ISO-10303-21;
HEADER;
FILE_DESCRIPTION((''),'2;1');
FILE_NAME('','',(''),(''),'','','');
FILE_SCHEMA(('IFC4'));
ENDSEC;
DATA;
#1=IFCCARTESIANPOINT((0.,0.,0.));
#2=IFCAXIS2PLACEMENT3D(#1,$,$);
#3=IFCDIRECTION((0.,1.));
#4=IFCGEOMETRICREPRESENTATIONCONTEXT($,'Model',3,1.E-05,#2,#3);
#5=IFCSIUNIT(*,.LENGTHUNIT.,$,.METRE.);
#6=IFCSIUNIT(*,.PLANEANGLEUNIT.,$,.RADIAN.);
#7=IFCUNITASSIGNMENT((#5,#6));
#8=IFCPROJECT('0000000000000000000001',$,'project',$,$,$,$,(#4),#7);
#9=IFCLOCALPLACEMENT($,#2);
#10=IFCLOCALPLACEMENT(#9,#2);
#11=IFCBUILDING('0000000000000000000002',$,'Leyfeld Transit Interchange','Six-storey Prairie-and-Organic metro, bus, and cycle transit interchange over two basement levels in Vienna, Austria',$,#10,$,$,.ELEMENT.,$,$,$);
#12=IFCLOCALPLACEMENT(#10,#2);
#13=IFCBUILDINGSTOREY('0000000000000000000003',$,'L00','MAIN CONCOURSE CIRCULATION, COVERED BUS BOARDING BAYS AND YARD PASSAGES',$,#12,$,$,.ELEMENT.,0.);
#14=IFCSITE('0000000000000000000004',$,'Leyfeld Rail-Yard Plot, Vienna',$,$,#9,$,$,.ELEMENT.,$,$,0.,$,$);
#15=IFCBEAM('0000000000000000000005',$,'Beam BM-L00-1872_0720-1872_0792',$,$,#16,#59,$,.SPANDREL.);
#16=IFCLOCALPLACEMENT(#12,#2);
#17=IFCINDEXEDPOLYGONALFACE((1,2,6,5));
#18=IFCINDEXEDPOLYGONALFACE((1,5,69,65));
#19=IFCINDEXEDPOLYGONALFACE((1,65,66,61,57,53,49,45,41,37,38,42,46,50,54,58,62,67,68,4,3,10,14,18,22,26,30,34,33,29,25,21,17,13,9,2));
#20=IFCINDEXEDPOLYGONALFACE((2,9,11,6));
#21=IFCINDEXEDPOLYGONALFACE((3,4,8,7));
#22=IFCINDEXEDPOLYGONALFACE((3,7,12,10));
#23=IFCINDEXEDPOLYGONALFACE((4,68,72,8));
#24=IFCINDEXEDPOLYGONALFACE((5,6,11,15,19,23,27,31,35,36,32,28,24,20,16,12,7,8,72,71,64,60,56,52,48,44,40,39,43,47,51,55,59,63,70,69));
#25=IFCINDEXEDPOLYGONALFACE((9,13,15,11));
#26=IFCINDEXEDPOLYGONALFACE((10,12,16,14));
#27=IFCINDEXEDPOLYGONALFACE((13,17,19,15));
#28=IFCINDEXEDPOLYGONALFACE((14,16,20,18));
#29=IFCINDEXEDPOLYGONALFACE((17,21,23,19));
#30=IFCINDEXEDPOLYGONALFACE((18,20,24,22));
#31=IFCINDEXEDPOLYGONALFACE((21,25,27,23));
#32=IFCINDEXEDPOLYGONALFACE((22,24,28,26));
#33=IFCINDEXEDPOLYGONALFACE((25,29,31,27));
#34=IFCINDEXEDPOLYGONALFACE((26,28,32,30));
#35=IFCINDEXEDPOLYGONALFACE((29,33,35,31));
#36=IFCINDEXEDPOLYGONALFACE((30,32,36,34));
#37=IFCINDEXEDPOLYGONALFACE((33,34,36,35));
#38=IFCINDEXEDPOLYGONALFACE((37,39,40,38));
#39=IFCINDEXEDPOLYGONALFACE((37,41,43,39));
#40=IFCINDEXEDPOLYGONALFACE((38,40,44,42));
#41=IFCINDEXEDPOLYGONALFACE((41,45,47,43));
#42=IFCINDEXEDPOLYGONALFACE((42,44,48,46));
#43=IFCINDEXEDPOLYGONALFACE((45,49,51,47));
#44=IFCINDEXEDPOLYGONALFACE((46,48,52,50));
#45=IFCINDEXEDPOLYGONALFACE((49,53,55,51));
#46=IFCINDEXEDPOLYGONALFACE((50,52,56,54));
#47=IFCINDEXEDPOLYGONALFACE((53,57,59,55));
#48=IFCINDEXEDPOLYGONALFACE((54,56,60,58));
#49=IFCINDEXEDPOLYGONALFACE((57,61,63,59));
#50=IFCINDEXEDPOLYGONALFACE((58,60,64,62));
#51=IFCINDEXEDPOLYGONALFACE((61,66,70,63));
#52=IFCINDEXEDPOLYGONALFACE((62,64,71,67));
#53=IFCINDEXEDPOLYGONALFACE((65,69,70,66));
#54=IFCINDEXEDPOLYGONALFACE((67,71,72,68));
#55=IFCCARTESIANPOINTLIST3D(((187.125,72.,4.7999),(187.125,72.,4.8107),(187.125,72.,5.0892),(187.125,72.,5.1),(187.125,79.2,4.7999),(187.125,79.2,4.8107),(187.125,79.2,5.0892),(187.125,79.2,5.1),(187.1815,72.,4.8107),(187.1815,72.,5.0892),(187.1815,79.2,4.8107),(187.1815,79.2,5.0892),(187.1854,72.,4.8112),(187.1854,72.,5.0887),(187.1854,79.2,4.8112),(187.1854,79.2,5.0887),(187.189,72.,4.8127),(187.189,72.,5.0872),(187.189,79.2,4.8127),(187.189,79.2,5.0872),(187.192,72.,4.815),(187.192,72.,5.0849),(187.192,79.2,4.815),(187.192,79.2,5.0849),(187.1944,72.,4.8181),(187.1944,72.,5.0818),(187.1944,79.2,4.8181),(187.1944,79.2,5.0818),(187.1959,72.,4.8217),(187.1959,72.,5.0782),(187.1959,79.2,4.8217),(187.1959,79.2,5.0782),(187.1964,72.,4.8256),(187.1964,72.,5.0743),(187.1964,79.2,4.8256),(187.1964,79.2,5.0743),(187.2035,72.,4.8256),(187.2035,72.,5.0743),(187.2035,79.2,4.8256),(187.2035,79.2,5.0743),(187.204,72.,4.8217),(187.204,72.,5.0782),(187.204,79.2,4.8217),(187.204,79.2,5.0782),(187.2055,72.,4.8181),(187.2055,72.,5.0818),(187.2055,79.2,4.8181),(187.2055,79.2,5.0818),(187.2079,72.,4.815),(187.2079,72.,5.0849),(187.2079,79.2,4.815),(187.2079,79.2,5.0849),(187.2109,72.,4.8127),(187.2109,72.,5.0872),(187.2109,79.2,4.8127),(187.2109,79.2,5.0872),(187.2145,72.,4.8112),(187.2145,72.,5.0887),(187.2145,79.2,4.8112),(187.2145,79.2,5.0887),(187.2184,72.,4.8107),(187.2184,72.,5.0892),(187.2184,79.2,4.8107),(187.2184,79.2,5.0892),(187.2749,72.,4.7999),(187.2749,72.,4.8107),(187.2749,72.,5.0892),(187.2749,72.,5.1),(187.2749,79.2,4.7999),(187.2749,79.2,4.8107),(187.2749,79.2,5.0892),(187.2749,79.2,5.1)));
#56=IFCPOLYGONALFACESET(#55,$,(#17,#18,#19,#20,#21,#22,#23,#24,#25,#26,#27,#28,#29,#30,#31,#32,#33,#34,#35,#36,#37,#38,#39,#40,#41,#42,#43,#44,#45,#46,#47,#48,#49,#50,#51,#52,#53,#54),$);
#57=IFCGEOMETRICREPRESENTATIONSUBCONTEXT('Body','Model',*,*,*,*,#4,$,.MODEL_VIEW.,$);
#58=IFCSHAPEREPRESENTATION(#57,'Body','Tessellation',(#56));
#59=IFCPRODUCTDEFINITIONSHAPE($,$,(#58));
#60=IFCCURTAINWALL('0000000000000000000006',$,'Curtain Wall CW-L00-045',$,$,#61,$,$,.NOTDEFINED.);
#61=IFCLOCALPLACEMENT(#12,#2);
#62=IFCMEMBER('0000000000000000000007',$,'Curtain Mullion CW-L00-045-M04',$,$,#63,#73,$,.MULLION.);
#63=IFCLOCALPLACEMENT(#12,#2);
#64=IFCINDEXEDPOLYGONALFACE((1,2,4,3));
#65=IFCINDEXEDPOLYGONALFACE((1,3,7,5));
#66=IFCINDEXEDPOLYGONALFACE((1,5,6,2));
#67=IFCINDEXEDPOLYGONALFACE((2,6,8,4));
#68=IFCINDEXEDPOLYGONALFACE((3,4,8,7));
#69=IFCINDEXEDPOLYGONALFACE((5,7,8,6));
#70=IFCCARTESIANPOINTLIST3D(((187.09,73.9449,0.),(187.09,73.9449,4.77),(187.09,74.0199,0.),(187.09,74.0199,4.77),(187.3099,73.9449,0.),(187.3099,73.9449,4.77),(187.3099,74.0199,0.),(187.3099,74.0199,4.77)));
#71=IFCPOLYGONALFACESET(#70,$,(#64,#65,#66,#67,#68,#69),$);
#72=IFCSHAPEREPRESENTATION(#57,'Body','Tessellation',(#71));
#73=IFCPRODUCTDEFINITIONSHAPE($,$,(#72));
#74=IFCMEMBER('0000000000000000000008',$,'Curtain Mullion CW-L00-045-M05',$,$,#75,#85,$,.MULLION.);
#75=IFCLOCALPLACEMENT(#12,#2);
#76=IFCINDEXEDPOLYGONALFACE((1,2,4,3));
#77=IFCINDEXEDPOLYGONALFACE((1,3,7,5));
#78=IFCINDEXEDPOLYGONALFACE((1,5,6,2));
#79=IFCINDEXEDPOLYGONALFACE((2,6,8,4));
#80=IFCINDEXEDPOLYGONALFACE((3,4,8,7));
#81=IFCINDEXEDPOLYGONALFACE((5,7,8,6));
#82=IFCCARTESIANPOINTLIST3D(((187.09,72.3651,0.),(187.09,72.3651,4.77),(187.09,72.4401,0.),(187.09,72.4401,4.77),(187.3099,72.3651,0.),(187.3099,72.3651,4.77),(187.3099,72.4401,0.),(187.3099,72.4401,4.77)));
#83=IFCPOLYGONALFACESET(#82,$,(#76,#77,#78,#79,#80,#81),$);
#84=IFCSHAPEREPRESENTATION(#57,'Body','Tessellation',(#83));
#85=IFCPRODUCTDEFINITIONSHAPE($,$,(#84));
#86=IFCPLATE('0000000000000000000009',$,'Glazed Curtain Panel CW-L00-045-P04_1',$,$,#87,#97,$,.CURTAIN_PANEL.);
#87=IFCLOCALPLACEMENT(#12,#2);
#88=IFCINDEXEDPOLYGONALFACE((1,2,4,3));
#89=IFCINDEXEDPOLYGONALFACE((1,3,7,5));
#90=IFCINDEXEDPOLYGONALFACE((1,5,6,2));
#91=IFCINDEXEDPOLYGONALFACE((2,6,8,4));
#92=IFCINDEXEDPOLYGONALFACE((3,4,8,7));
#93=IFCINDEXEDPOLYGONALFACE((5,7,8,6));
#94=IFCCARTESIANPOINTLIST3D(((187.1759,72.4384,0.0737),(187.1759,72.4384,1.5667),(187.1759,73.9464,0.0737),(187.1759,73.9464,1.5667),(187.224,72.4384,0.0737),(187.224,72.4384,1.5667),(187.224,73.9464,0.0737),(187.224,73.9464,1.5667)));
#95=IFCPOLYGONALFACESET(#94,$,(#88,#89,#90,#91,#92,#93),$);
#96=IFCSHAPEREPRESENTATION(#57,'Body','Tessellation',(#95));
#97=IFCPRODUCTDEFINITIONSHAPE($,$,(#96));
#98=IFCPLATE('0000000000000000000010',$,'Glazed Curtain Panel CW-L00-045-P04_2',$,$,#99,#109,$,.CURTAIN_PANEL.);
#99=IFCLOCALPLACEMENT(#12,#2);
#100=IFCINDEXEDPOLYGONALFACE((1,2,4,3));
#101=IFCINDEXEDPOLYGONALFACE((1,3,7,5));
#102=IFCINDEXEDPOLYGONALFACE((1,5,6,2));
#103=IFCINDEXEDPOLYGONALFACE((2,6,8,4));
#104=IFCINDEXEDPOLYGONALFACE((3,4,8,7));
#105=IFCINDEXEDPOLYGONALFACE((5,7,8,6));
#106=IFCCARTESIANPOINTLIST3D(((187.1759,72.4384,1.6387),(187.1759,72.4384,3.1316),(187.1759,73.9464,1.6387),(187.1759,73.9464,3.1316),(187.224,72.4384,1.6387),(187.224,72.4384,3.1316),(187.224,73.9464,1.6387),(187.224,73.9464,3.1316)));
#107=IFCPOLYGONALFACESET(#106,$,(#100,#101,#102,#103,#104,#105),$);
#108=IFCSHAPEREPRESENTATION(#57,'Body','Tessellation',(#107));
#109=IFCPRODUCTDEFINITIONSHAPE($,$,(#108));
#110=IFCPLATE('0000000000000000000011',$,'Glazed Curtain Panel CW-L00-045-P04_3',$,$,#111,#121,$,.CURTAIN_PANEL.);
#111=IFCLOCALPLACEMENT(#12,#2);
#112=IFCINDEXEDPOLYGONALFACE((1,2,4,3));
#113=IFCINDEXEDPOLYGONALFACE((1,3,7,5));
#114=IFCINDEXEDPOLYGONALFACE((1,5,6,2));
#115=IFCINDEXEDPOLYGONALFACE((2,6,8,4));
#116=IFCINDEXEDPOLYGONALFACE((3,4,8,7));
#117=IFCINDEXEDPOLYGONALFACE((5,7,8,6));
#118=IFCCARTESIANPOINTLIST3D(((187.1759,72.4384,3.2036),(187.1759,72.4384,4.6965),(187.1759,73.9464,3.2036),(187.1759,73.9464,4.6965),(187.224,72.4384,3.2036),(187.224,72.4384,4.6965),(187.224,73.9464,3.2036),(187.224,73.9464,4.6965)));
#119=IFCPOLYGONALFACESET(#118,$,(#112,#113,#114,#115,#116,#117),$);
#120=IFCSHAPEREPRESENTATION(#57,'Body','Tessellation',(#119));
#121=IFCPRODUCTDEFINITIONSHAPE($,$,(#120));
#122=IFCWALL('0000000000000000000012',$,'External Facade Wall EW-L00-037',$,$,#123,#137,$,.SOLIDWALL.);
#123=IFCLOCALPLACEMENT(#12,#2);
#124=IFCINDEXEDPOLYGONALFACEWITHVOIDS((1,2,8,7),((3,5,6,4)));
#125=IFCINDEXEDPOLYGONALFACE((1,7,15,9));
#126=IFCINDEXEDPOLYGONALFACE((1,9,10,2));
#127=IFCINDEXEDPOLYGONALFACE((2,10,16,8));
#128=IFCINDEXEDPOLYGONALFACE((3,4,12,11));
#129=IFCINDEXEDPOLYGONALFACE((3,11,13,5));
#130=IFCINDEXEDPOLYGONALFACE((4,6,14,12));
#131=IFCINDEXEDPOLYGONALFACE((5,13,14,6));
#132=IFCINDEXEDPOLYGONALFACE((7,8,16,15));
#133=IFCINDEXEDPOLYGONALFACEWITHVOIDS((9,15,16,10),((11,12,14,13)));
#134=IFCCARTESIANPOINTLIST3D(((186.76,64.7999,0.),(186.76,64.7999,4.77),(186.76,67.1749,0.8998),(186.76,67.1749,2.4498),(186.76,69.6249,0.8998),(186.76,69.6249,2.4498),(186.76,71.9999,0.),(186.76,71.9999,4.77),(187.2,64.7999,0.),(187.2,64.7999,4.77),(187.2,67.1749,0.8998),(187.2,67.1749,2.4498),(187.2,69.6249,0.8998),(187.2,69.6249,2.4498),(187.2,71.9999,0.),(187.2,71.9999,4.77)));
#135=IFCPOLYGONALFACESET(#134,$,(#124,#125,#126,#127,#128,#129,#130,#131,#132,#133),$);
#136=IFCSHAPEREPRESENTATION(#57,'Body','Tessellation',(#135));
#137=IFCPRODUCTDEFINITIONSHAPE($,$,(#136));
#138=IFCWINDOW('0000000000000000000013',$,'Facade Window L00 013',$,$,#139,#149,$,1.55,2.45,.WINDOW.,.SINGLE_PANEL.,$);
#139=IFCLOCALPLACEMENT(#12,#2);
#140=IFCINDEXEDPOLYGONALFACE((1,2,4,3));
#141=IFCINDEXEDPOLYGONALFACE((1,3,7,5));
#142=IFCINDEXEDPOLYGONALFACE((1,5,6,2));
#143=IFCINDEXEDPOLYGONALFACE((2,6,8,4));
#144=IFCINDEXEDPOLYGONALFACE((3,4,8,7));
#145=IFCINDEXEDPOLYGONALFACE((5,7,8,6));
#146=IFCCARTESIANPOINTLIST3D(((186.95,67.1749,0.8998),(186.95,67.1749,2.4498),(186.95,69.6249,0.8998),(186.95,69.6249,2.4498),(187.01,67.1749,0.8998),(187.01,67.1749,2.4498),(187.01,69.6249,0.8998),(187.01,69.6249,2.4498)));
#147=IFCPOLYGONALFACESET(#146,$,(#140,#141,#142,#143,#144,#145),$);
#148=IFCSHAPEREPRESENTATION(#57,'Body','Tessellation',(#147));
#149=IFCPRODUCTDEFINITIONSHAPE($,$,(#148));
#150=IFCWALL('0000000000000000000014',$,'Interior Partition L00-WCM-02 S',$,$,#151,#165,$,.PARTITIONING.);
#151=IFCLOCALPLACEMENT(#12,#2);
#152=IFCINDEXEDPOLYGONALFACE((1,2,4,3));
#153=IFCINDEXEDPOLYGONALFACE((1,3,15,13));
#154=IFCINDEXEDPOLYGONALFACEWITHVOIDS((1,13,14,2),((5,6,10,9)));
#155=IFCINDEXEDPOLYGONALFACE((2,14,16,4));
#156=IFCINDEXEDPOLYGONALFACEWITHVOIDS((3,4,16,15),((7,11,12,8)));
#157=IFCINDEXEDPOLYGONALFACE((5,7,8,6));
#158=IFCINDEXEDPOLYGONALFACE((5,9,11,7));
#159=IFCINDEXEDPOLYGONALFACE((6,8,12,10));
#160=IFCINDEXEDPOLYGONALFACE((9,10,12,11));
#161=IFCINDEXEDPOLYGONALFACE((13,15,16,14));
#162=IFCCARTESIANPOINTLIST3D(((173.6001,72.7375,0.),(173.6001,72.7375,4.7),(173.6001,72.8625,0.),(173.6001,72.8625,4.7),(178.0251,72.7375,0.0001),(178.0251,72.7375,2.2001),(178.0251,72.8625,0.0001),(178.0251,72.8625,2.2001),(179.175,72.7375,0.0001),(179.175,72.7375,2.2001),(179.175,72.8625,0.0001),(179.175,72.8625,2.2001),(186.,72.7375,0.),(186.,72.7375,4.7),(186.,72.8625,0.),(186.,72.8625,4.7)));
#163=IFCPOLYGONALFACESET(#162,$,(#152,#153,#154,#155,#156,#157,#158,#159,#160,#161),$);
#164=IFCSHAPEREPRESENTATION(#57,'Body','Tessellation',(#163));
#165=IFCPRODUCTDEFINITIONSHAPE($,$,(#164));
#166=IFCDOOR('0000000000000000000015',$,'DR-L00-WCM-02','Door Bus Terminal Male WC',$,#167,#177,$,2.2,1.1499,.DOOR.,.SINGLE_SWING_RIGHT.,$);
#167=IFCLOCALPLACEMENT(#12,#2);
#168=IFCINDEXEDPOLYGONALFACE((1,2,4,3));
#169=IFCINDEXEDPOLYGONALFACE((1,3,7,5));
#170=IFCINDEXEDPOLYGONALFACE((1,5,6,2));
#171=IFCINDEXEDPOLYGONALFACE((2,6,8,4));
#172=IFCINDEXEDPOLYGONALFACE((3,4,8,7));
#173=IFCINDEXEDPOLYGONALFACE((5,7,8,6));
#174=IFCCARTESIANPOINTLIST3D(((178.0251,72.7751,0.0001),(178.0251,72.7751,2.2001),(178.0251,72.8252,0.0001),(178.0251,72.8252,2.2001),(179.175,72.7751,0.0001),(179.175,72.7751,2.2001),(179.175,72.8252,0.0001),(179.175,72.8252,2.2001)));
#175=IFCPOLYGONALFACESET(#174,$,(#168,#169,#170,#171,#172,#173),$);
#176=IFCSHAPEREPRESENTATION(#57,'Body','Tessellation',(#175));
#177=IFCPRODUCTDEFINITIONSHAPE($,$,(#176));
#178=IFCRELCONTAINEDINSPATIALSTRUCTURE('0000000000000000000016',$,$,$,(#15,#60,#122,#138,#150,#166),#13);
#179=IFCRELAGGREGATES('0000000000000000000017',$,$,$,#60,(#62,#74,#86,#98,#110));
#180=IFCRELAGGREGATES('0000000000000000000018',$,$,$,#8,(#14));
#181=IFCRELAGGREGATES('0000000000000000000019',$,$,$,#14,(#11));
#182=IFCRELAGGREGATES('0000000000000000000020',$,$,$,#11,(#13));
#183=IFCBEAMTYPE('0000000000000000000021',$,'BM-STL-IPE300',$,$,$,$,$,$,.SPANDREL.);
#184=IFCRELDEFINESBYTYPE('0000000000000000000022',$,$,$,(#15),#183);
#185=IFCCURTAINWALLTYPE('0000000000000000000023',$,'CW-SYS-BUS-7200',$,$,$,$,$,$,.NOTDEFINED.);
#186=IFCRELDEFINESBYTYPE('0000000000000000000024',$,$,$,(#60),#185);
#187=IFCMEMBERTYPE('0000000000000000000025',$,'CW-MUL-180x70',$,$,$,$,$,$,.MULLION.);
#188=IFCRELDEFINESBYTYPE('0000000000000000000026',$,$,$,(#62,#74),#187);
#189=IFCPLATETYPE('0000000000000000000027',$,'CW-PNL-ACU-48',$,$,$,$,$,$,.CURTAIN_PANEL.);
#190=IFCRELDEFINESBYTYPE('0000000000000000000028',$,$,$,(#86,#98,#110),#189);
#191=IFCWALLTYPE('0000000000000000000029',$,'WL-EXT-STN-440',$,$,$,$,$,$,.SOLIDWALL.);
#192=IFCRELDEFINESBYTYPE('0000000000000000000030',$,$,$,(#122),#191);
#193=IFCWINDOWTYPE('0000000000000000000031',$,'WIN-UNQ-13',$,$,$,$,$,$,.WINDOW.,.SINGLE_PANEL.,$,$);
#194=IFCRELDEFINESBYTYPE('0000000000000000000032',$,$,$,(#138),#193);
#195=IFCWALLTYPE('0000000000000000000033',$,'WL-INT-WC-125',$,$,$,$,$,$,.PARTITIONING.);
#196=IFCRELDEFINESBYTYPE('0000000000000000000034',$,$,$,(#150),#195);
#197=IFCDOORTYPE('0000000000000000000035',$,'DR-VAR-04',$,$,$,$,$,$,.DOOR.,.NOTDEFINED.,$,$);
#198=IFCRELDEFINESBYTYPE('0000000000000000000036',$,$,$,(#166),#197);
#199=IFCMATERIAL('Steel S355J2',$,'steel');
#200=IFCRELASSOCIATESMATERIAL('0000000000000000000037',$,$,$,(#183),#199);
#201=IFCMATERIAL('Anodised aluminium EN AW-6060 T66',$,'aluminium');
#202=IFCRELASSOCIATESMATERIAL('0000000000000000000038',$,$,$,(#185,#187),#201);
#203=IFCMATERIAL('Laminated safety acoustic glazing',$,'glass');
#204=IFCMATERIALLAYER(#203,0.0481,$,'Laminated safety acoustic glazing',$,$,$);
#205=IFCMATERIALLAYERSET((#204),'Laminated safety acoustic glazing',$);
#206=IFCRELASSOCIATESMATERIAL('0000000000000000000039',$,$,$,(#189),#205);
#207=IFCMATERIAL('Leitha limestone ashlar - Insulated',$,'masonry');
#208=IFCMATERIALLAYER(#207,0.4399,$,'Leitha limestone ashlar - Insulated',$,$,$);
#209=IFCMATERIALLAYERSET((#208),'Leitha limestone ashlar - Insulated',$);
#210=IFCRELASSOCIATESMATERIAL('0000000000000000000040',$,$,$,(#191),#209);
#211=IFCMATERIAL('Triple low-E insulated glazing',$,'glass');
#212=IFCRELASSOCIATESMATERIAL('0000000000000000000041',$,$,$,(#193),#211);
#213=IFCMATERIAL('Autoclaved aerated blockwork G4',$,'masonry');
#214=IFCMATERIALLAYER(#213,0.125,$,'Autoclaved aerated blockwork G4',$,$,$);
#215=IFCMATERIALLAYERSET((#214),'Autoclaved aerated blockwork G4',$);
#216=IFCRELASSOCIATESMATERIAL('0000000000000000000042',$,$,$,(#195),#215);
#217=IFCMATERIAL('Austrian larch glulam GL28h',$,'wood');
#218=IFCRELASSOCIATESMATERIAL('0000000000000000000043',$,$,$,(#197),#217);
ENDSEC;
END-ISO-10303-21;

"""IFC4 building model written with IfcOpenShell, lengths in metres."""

from ifc_helpers import new_model, si_unit, direction, frame, frame_2d, origin, origin_2d, place, context, subcontext, project, spatial, rectangle, i_section, extrude, material, layer, layer_set, material_profile, profile_set, type_object, element, fill, aggregate, save


model = new_model("IFC4")

# Units and contexts
model_context = context("Model", 3, precision=1e-05, world=origin(), true_north=direction((0.0, 1.0)))
body_context = subcontext(model_context, "Body", "Model", "MODEL_VIEW")
ifc_project = project(units=[si_unit("LENGTHUNIT", "METRE"), si_unit("PLANEANGLEUNIT", "RADIAN")], contexts=[model_context])

# Site, building, storey
site_placement = place(None, origin())
site = spatial("IfcSite", under=ifc_project, at=site_placement, Name="Leyfeld Rail-Yard Plot, Vienna", CompositionType="ELEMENT", RefElevation=0.0)
building_placement = place(site_placement, origin())
building = spatial("IfcBuilding", under=site, at=building_placement, Name="Leyfeld Transit Interchange", Description="Six-storey Prairie-and-Organic metro, bus, and cycle transit interchange over two basement levels in Vienna, Austria", CompositionType="ELEMENT")
storey_placement = place(building_placement, origin())
storey = spatial("IfcBuildingStorey", under=building, at=storey_placement, Name="L00", Description="MAIN CONCOURSE CIRCULATION, COVERED BUS BOARDING BAYS AND YARD PASSAGES", CompositionType="ELEMENT", Elevation=0.0)

# Beam
ifc_material_1 = material(Name="Steel S355J2", Category="steel")
ifc_material_profile_1 = material_profile(ifc_material_1, i_section(OverallWidth=0.1499, OverallDepth=0.3, WebThickness=0.0071, FlangeThickness=0.0107, FilletRadius=0.0149, at=origin_2d()), Name="IPE 300")
ifc_profile_set_1 = profile_set([ifc_material_profile_1], Name="Steel S355J2")
beam_type = type_object("IfcBeamType", Name="BM-STL-IPE300", PredefinedType="SPANDREL", material=ifc_profile_set_1)
beam_placement = place(storey_placement, frame((187.2, 72.0, 4.95), z_axis=(0.0, 1.0, 0.0), x_axis=(-1.0, 0.0, 0.0)))
element("IfcBeam", 1, at=beam_placement, inside=storey, type_object=beam_type, Name="Beam BM-L00-1872_0720-1872_0792", PredefinedType="SPANDREL", context=body_context, shape_type="SweptSolid", body=[
    extrude(i_section(OverallWidth=0.1499, OverallDepth=0.3, WebThickness=0.0071, FlangeThickness=0.0107, FilletRadius=0.0149, at=origin_2d()), origin(), (0.0, 0.0, 1.0), 7.2),
])

# Curtain wall, members, plates
ifc_material_2 = material(Name="Anodised aluminium EN AW-6060 T66", Category="aluminium")
curtain_wall_type = type_object("IfcCurtainWallType", Name="CW-SYS-BUS-7200", PredefinedType="NOTDEFINED", material=ifc_material_2)
curtain_wall_placement = place(storey_placement, origin())
curtain_wall = element("IfcCurtainWall", 2, at=curtain_wall_placement, inside=storey, type_object=curtain_wall_type, Name="Curtain Wall CW-L00-045", PredefinedType="NOTDEFINED")
ifc_material_profile_2 = material_profile(ifc_material_2, rectangle(XDim=0.075, YDim=0.22, at=origin_2d()), Name="CW-M 75x220")
ifc_profile_set_2 = profile_set([ifc_material_profile_2], Name="Anodised aluminium EN AW-6060 T66")
member_type = type_object("IfcMemberType", Name="CW-MUL-180x70", PredefinedType="MULLION", material=ifc_profile_set_2)
member_1_placement = place(storey_placement, frame((187.2, 73.9824, 0.0), z_axis=(0.0, 0.0, 1.0), x_axis=(0.0, -1.0, 0.0)))
member_1 = element("IfcMember", 3, at=member_1_placement, type_object=member_type, Name="Curtain Mullion CW-L00-045-M04", PredefinedType="MULLION", context=body_context, shape_type="SweptSolid", body=[
    extrude(rectangle(XDim=0.075, YDim=0.22, at=origin_2d()), origin(), (0.0, 0.0, 1.0), 4.77),
])
member_2_placement = place(storey_placement, frame((187.2, 72.4026, 0.0), z_axis=(0.0, 0.0, 1.0), x_axis=(0.0, -1.0, 0.0)))
member_2 = element("IfcMember", 4, at=member_2_placement, type_object=member_type, Name="Curtain Mullion CW-L00-045-M05", PredefinedType="MULLION", context=body_context, shape_type="SweptSolid", body=[
    extrude(rectangle(XDim=0.075, YDim=0.22, at=origin_2d()), origin(), (0.0, 0.0, 1.0), 4.77),
])
ifc_material_3 = material(Name="Laminated safety acoustic glazing", Category="glass")
ifc_layer_1 = layer(ifc_material_3, 0.0481, Name="Laminated safety acoustic glazing")
ifc_layer_set_1 = layer_set([ifc_layer_1], Name="Laminated safety acoustic glazing")
plate_type = type_object("IfcPlateType", Name="CW-PNL-ACU-48", PredefinedType="CURTAIN_PANEL", material=ifc_layer_set_1)
plate_1_placement = place(storey_placement, frame((187.2, 73.1924, 0.0737), z_axis=(0.0, 0.0, 1.0), x_axis=(0.0, -1.0, 0.0)))
plate_1 = element("IfcPlate", 5, at=plate_1_placement, type_object=plate_type, Name="Glazed Curtain Panel CW-L00-045-P04_1", PredefinedType="CURTAIN_PANEL", context=body_context, shape_type="SweptSolid", body=[
    extrude(rectangle(XDim=1.5081, YDim=0.0481, at=origin_2d()), origin(), (0.0, 0.0, 1.0), 1.4929),
])
plate_2_placement = place(storey_placement, frame((187.2, 73.1924, 1.6387), z_axis=(0.0, 0.0, 1.0), x_axis=(0.0, -1.0, 0.0)))
plate_2 = element("IfcPlate", 6, at=plate_2_placement, type_object=plate_type, Name="Glazed Curtain Panel CW-L00-045-P04_2", PredefinedType="CURTAIN_PANEL", context=body_context, shape_type="SweptSolid", body=[
    extrude(rectangle(XDim=1.5081, YDim=0.0481, at=origin_2d()), origin(), (0.0, 0.0, 1.0), 1.4929),
])
plate_3_placement = place(storey_placement, frame((187.2, 73.1924, 3.2036), z_axis=(0.0, 0.0, 1.0), x_axis=(0.0, -1.0, 0.0)))
plate_3 = element("IfcPlate", 7, at=plate_3_placement, type_object=plate_type, Name="Glazed Curtain Panel CW-L00-045-P04_3", PredefinedType="CURTAIN_PANEL", context=body_context, shape_type="SweptSolid", body=[
    extrude(rectangle(XDim=1.5081, YDim=0.0481, at=origin_2d()), origin(), (0.0, 0.0, 1.0), 1.4929),
])
aggregate(curtain_wall, [member_1, member_2, plate_1, plate_2, plate_3])

# Wall, opening, window
ifc_material_4 = material(Name="Leitha limestone ashlar - Insulated", Category="masonry")
ifc_layer_2 = layer(ifc_material_4, 0.4399, Name="Leitha limestone ashlar - Insulated")
ifc_layer_set_2 = layer_set([ifc_layer_2], Name="Leitha limestone ashlar - Insulated")
wall_type_1 = type_object("IfcWallType", Name="WL-EXT-STN-440", PredefinedType="SOLIDWALL", material=ifc_layer_set_2)
wall_1_placement = place(storey_placement, frame((186.98, 72.0, 0.0), z_axis=(0.0, 0.0, 1.0), x_axis=(0.0, -1.0, 0.0)))
wall_1 = element("IfcWall", 8, at=wall_1_placement, inside=storey, type_object=wall_type_1, Name="External Facade Wall EW-L00-037", PredefinedType="SOLIDWALL", context=body_context, shape_type="SweptSolid", body=[
    extrude(rectangle(XDim=7.2, YDim=0.4399, at=frame_2d((3.6001, 0.0))), origin(), (0.0, 0.0, 1.0), 4.77),
])
opening_1_placement = place(wall_1_placement, frame((2.375, 0.0, 0.8999)))
opening_1 = element("IfcOpeningElement", 9, at=opening_1_placement, cuts=wall_1, PredefinedType="OPENING", context=body_context, shape_type="SweptSolid", body=[
    extrude(rectangle(XDim=2.45, YDim=1.55, at=frame_2d((1.2251, 0.7749))), frame((0.0, 0.23, 0.0), z_axis=(0.0, -1.0, 0.0), x_axis=(1.0, 0.0, 0.0)), (0.0, 0.0, 1.0), 0.46),
])
ifc_material_5 = material(Name="Triple low-E insulated glazing", Category="glass")
window_type = type_object("IfcWindowType", Name="WIN-UNQ-13", PartitioningType="SINGLE_PANEL", PredefinedType="WINDOW", material=ifc_material_5)
window_placement = place(opening_1_placement, origin())
window = element("IfcWindow", 10, at=window_placement, inside=storey, type_object=window_type, Name="Facade Window L00 013", OverallHeight=1.55, OverallWidth=2.45, PartitioningType="SINGLE_PANEL", PredefinedType="WINDOW", context=body_context, shape_type="SweptSolid", body=[
    extrude(rectangle(XDim=2.45, YDim=1.55, at=frame_2d((1.2251, 0.7749))), frame((0.0, 0.03, 0.0), z_axis=(0.0, -1.0, 0.0), x_axis=(1.0, 0.0, 0.0)), (0.0, 0.0, 1.0), 0.0601),
])
fill(opening_1, window)

# Wall, opening, door
ifc_material_6 = material(Name="Autoclaved aerated blockwork G4", Category="masonry")
ifc_layer_3 = layer(ifc_material_6, 0.125, Name="Autoclaved aerated blockwork G4")
ifc_layer_set_3 = layer_set([ifc_layer_3], Name="Autoclaved aerated blockwork G4")
wall_type_2 = type_object("IfcWallType", Name="WL-INT-WC-125", PredefinedType="PARTITIONING", material=ifc_layer_set_3)
wall_2_placement = place(storey_placement, frame((186.0, 72.8, 0.0), z_axis=(0.0, 0.0, 1.0), x_axis=(-1.0, 0.0, 0.0)))
wall_2 = element("IfcWall", 11, at=wall_2_placement, inside=storey, type_object=wall_type_2, Name="Interior Partition L00-WCM-02 S", PredefinedType="PARTITIONING", context=body_context, shape_type="SweptSolid", body=[
    extrude(rectangle(XDim=12.3999, YDim=0.125, at=frame_2d((6.2, 0.0))), origin(), (0.0, 0.0, 1.0), 4.7),
])
opening_2_placement = place(wall_2_placement, frame((6.825, 0.0, 0.0)))
opening_2 = element("IfcOpeningElement", 12, at=opening_2_placement, cuts=wall_2, PredefinedType="OPENING", context=body_context, shape_type="SweptSolid", body=[
    extrude(rectangle(XDim=1.1499, YDim=2.2, at=frame_2d((0.575, 1.1001))), frame((0.0, 0.0725, 0.0), z_axis=(0.0, -1.0, 0.0), x_axis=(1.0, 0.0, 0.0)), (0.0, 0.0, 1.0), 0.145),
])
ifc_material_7 = material(Name="Austrian larch glulam GL28h", Category="wood")
door_type = type_object("IfcDoorType", Name="DR-VAR-04", OperationType="NOTDEFINED", PredefinedType="DOOR", material=ifc_material_7)
door_placement = place(opening_2_placement, origin())
door = element("IfcDoor", 13, at=door_placement, inside=storey, type_object=door_type, Name="DR-L00-WCM-02", Description="Door Bus Terminal Male WC", OperationType="SINGLE_SWING_RIGHT", OverallHeight=2.2, OverallWidth=1.1499, PredefinedType="DOOR", context=body_context, shape_type="SweptSolid", body=[
    extrude(rectangle(XDim=1.1499, YDim=2.2, at=frame_2d((0.575, 1.1001))), frame((0.0, 0.0249, 0.0), z_axis=(0.0, -1.0, 0.0), x_axis=(1.0, 0.0, 0.0)), (0.0, 0.0, 1.0), 0.05),
])
fill(opening_2, door)

save(model, "model.ifc")
